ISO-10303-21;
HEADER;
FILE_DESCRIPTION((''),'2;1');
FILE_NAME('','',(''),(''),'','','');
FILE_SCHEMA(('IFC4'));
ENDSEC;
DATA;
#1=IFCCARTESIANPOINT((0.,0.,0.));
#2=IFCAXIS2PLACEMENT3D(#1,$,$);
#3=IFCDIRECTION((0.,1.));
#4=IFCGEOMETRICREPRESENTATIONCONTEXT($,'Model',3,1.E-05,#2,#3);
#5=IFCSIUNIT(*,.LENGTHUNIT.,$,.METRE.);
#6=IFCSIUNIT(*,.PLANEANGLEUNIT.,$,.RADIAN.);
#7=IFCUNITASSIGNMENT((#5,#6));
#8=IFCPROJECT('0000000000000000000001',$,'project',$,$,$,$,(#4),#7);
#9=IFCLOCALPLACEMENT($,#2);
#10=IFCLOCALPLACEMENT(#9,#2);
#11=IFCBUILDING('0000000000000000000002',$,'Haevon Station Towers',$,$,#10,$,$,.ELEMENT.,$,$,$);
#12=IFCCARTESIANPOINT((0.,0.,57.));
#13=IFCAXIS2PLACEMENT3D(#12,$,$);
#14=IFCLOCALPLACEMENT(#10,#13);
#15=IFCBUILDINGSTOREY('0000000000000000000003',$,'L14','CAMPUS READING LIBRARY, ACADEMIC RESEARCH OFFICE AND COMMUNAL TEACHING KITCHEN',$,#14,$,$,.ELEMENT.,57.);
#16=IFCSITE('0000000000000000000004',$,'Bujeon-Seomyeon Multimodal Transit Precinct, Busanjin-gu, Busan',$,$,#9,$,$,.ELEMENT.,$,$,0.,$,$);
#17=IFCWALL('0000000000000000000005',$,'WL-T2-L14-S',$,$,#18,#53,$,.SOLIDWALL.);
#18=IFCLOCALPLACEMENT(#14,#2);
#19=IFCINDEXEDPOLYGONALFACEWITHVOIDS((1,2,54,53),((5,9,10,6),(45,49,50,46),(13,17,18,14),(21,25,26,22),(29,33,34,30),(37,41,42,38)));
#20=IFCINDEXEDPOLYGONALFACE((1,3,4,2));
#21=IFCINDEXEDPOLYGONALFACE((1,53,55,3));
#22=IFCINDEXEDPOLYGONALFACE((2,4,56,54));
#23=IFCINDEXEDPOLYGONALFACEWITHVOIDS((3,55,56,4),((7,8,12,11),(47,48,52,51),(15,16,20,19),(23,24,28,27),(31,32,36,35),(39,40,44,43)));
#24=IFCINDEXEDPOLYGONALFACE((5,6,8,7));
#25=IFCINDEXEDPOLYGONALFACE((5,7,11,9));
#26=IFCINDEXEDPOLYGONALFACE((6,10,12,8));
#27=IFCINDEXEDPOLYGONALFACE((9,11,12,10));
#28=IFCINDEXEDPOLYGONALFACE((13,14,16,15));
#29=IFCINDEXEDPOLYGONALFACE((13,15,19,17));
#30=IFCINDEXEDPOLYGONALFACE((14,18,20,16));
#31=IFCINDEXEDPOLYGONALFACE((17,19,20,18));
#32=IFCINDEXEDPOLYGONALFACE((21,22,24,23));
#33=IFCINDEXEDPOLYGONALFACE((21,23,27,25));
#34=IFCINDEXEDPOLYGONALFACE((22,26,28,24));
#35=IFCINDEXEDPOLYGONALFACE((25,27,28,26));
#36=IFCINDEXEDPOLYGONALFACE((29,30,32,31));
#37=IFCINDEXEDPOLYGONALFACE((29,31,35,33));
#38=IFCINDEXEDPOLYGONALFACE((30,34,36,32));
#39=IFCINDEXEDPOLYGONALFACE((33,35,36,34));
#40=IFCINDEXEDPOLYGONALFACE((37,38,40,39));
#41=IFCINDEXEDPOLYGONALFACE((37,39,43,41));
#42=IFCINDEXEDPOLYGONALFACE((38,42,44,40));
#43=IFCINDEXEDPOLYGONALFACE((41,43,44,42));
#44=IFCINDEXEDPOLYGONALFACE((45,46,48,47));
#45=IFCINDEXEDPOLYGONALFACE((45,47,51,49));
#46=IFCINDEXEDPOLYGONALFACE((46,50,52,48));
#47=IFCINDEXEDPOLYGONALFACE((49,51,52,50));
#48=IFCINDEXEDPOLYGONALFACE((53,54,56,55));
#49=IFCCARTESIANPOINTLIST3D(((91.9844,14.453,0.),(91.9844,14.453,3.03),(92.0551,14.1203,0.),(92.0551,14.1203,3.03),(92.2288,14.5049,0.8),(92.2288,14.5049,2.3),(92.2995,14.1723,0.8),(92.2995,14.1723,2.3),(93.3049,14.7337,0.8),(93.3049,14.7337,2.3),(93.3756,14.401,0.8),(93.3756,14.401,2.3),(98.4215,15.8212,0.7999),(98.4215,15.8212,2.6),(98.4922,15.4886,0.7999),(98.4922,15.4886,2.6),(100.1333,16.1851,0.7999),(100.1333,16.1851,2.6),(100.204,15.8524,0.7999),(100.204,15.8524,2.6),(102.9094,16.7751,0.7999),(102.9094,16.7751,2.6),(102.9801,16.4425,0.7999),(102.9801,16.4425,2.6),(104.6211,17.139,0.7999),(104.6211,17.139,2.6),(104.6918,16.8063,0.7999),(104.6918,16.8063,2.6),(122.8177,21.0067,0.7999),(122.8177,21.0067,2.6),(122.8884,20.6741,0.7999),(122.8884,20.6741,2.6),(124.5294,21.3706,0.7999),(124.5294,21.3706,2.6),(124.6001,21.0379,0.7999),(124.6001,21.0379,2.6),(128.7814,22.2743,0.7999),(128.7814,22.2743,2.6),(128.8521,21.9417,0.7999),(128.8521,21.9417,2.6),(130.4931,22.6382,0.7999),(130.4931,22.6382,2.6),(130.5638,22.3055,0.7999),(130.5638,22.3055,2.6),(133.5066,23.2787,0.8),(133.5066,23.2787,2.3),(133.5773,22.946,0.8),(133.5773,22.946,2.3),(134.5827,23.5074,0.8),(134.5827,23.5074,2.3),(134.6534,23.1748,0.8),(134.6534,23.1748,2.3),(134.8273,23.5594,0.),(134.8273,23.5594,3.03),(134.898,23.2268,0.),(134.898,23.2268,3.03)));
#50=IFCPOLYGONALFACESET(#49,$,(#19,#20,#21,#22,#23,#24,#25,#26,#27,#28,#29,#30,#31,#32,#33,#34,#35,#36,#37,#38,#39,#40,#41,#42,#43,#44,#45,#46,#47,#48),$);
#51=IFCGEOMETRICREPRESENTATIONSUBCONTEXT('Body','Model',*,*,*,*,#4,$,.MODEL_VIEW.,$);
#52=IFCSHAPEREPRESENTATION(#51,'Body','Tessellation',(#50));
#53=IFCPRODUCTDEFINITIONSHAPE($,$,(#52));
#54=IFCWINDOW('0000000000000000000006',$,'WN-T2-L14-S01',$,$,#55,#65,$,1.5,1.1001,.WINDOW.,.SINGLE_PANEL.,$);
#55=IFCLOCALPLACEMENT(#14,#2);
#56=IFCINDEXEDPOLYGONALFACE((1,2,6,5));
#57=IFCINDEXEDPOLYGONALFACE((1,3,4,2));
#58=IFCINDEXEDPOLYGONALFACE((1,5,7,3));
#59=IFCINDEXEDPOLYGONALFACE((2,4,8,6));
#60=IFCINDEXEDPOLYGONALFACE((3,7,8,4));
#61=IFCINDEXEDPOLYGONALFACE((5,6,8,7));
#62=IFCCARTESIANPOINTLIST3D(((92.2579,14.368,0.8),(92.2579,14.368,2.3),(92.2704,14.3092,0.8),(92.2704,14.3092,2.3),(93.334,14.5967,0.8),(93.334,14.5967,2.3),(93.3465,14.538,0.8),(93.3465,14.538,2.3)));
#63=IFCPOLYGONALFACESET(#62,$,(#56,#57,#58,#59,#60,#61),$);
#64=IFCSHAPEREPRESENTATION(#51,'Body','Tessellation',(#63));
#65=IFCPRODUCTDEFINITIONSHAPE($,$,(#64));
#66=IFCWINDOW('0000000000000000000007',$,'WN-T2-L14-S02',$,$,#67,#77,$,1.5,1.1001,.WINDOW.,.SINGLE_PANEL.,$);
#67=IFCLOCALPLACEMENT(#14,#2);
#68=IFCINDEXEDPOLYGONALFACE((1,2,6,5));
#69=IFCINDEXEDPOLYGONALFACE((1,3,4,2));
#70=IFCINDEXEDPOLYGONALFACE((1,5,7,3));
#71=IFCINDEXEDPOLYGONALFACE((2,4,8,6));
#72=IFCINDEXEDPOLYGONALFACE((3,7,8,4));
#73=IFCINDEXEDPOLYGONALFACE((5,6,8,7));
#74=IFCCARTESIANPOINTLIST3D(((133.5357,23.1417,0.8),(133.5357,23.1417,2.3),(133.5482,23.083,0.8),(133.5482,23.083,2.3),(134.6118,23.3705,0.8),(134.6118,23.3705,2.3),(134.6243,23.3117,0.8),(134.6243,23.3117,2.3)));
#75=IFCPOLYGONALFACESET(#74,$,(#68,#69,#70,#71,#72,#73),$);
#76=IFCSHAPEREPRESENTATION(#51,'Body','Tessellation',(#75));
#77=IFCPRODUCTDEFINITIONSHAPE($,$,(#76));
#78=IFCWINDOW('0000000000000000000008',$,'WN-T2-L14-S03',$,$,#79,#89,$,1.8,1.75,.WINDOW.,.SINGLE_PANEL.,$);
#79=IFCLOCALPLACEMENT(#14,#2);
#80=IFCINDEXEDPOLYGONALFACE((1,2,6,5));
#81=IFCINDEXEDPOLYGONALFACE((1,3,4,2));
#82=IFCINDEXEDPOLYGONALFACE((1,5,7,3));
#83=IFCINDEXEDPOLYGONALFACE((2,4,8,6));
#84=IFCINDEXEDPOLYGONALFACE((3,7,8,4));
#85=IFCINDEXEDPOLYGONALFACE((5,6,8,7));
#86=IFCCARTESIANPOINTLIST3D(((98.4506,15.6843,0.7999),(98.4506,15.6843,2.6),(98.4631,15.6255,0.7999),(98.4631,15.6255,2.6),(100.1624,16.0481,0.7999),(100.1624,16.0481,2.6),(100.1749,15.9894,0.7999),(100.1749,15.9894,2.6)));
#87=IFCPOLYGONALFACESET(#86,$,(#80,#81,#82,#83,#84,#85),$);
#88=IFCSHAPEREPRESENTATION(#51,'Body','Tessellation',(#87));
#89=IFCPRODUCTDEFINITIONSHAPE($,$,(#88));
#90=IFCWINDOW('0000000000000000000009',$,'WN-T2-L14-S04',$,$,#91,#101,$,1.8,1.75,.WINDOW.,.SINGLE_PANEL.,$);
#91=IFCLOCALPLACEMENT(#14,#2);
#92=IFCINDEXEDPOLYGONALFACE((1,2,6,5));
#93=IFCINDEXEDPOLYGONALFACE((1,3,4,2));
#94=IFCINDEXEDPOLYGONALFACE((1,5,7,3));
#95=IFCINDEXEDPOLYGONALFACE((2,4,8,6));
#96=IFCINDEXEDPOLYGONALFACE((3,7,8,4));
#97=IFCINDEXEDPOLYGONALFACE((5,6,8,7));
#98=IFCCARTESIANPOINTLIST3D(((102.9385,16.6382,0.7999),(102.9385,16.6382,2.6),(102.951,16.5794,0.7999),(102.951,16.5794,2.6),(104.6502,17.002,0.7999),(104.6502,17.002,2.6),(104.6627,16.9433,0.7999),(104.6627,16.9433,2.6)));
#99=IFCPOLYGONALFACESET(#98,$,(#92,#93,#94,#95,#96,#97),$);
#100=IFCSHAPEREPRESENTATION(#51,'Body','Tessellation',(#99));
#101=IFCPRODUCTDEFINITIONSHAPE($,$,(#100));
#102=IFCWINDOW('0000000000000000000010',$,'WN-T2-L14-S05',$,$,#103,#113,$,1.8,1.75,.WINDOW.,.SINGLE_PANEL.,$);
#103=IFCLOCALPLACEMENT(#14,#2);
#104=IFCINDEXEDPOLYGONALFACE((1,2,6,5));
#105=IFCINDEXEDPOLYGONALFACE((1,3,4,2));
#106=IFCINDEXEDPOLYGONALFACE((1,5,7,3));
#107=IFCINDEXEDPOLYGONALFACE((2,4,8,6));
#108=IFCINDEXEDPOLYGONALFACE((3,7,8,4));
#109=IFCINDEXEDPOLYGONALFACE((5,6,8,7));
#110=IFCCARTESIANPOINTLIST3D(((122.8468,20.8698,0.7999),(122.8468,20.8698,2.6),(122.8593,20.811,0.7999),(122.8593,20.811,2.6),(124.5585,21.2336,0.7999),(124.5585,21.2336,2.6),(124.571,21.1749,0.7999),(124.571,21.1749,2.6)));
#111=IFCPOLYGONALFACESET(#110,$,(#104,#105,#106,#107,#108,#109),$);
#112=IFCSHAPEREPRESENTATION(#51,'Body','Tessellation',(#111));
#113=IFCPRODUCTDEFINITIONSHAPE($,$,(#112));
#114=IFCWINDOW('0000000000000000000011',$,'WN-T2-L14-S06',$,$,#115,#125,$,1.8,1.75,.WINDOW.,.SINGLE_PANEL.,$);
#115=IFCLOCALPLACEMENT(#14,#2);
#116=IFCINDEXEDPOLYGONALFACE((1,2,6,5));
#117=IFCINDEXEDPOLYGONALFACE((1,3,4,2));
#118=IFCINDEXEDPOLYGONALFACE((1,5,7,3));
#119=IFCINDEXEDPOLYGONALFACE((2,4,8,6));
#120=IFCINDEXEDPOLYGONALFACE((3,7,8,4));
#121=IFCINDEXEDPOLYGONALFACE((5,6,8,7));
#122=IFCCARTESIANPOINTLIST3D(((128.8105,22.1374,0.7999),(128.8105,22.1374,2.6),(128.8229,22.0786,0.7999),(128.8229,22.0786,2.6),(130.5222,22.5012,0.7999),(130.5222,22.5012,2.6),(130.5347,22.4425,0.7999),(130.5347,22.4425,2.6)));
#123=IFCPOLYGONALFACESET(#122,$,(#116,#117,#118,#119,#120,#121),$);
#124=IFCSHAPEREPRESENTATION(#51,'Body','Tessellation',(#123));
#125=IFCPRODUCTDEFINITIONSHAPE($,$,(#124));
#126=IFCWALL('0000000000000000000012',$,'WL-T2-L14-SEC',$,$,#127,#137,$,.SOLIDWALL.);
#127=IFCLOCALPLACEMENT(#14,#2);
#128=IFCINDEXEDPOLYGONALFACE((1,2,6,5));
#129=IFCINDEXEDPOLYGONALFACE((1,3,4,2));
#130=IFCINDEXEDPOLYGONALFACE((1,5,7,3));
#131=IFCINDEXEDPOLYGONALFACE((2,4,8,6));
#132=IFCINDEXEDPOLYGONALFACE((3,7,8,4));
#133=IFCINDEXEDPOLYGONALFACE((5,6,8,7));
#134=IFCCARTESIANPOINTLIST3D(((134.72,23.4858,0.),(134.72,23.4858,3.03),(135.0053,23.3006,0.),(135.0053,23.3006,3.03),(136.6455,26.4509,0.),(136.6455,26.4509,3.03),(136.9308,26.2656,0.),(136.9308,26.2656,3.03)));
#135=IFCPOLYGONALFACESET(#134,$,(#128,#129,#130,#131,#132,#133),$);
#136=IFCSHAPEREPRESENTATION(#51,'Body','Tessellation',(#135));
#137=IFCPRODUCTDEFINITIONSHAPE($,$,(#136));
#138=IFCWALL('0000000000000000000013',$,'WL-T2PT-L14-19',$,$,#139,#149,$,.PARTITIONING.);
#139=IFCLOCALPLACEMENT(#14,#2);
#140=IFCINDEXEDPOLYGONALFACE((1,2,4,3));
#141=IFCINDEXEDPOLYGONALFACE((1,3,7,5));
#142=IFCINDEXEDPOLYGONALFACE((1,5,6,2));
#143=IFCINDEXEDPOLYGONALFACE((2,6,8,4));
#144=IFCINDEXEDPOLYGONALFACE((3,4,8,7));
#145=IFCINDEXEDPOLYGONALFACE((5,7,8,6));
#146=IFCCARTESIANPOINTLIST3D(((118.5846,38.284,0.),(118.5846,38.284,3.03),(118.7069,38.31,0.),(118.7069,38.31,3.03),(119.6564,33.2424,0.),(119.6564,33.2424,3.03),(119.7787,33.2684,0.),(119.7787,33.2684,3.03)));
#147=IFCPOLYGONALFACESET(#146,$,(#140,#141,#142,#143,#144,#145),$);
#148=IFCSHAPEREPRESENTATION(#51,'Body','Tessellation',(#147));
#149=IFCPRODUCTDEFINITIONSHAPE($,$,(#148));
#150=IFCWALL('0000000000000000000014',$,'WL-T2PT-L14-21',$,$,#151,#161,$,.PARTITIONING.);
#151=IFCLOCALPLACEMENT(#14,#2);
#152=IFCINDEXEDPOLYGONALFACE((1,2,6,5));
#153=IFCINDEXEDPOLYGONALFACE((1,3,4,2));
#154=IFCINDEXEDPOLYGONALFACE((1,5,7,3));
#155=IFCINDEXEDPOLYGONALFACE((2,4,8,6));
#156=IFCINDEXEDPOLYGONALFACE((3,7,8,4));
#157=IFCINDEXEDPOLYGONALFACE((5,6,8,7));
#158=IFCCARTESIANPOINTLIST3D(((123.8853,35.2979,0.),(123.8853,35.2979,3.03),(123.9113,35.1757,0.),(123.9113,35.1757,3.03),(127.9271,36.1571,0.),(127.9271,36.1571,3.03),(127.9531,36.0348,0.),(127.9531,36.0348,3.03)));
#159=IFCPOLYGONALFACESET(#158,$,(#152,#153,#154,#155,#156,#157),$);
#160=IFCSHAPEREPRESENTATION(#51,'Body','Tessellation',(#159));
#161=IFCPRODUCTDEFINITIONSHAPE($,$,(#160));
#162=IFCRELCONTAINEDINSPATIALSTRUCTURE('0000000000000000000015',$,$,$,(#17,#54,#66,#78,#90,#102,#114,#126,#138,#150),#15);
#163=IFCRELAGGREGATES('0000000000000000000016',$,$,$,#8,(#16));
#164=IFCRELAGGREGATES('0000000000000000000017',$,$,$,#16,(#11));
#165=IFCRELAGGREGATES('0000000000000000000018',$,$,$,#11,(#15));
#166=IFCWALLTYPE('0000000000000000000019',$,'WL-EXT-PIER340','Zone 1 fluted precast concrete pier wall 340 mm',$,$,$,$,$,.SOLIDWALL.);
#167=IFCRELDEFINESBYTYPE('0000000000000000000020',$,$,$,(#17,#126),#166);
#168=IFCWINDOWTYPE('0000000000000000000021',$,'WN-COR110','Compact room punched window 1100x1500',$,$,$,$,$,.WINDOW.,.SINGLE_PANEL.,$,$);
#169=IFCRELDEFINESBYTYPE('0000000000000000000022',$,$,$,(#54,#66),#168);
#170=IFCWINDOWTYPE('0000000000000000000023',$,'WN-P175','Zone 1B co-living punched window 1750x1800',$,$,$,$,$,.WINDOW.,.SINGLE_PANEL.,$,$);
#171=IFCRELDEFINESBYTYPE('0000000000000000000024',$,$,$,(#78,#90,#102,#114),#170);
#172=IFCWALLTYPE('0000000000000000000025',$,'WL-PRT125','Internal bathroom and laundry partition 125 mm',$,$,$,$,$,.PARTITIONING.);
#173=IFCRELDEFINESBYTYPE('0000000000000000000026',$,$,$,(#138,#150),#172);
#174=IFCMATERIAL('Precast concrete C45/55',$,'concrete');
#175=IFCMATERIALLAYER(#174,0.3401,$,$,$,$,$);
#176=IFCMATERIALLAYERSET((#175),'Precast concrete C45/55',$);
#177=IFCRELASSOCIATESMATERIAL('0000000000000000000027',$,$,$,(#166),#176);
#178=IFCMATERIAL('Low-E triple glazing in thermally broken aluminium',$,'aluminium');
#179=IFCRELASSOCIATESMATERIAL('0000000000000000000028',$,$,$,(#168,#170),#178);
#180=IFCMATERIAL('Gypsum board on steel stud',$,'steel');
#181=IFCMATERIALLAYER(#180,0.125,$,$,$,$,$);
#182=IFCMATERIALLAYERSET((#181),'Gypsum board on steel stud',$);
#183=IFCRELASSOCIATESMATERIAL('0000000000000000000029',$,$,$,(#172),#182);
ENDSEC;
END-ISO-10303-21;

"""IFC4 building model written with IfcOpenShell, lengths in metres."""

from ifc_helpers import new_model, si_unit, direction, frame, frame_2d, origin, place, context, subcontext, project, spatial, rectangle, extrude, material, layer, layer_set, type_object, element, fill, save


model = new_model("IFC4")

# Units and contexts
model_context = context("Model", 3, precision=1e-05, world=origin(), true_north=direction((0.0, 1.0)))
body_context = subcontext(model_context, "Body", "Model", "MODEL_VIEW")
ifc_project = project(units=[si_unit("LENGTHUNIT", "METRE"), si_unit("PLANEANGLEUNIT", "RADIAN")], contexts=[model_context])

# Site, building, storey
site_placement = place(None, origin())
site = spatial("IfcSite", under=ifc_project, at=site_placement, Name="Bujeon-Seomyeon Multimodal Transit Precinct, Busanjin-gu, Busan", CompositionType="ELEMENT", RefElevation=0.0)
building_placement = place(site_placement, origin())
building = spatial("IfcBuilding", under=site, at=building_placement, Name="Haevon Station Towers", CompositionType="ELEMENT")
storey_placement = place(building_placement, frame((0.0, 0.0, 57.0)))
storey = spatial("IfcBuildingStorey", under=building, at=storey_placement, Name="L14", Description="CAMPUS READING LIBRARY, ACADEMIC RESEARCH OFFICE AND COMMUNAL TEACHING KITCHEN", CompositionType="ELEMENT", Elevation=57.0)

# Wall, openings, windows
ifc_material_1 = material(Name="Precast concrete C45/55", Category="concrete")
ifc_layer_1 = layer(ifc_material_1, 0.3401)
ifc_layer_set_1 = layer_set([ifc_layer_1], Name="Precast concrete C45/55")
wall_type_1 = type_object("IfcWallType", Name="WL-EXT-PIER340", Description="Zone 1 fluted precast concrete pier wall 340 mm", PredefinedType="SOLIDWALL", material=ifc_layer_set_1)
wall_1_placement = place(storey_placement, frame((134.8625, 23.3931, 0.0), z_axis=(0.0, 0.0, 1.0), x_axis=(-0.978148, -0.207909, 0.0)))
wall_1 = element("IfcWall", 1, at=wall_1_placement, inside=storey, type_object=wall_type_1, Name="WL-T2-L14-S", PredefinedType="SOLIDWALL", context=body_context, shape_type="SweptSolid", body=[
    extrude(rectangle(XDim=43.8, YDim=0.3401, at=frame_2d((21.8999, 0.0))), origin(), (0.0, 0.0, 1.0), 3.03),
])
opening_1_placement = place(wall_1_placement, frame((42.45, 0.0, 0.8)))
opening_1 = element("IfcOpeningElement", 2, at=opening_1_placement, cuts=wall_1, PredefinedType="OPENING", context=body_context, shape_type="SweptSolid", body=[
    extrude(rectangle(XDim=1.1001, YDim=1.5, at=frame_2d((0.55, 0.75))), frame((0.0, 0.1799, 0.0), z_axis=(0.0, -1.0, 0.0), x_axis=(1.0, 0.0, 0.0)), (0.0, 0.0, 1.0), 0.3601),
])
opening_2_placement = place(wall_1_placement, frame((0.25, 0.0, 0.8)))
opening_2 = element("IfcOpeningElement", 3, at=opening_2_placement, cuts=wall_1, PredefinedType="OPENING", context=body_context, shape_type="SweptSolid", body=[
    extrude(rectangle(XDim=1.1001, YDim=1.5, at=frame_2d((0.55, 0.75))), frame((0.0, 0.1799, 0.0), z_axis=(0.0, -1.0, 0.0), x_axis=(1.0, 0.0, 0.0)), (0.0, 0.0, 1.0), 0.3601),
])
opening_3_placement = place(wall_1_placement, frame((35.469, 0.0, 0.8)))
opening_3 = element("IfcOpeningElement", 4, at=opening_3_placement, cuts=wall_1, PredefinedType="OPENING", context=body_context, shape_type="SweptSolid", body=[
    extrude(rectangle(XDim=1.75, YDim=1.8, at=frame_2d((0.875, 0.8999))), frame((0.0, 0.1799, 0.0), z_axis=(0.0, -1.0, 0.0), x_axis=(1.0, 0.0, 0.0)), (0.0, 0.0, 1.0), 0.3601),
])
opening_4_placement = place(wall_1_placement, frame((30.8809, 0.0, 0.8)))
opening_4 = element("IfcOpeningElement", 5, at=opening_4_placement, cuts=wall_1, PredefinedType="OPENING", context=body_context, shape_type="SweptSolid", body=[
    extrude(rectangle(XDim=1.75, YDim=1.8, at=frame_2d((0.875, 0.8999))), frame((0.0, 0.1799, 0.0), z_axis=(0.0, -1.0, 0.0), x_axis=(1.0, 0.0, 0.0)), (0.0, 0.0, 1.0), 0.3601),
])
opening_5_placement = place(wall_1_placement, frame((10.5278, 0.0, 0.8)))
opening_5 = element("IfcOpeningElement", 6, at=opening_5_placement, cuts=wall_1, PredefinedType="OPENING", context=body_context, shape_type="SweptSolid", body=[
    extrude(rectangle(XDim=1.75, YDim=1.8, at=frame_2d((0.875, 0.8999))), frame((0.0, 0.1799, 0.0), z_axis=(0.0, -1.0, 0.0), x_axis=(1.0, 0.0, 0.0)), (0.0, 0.0, 1.0), 0.3601),
])
opening_6_placement = place(wall_1_placement, frame((4.4309, 0.0, 0.8)))
opening_6 = element("IfcOpeningElement", 7, at=opening_6_placement, cuts=wall_1, PredefinedType="OPENING", context=body_context, shape_type="SweptSolid", body=[
    extrude(rectangle(XDim=1.75, YDim=1.8, at=frame_2d((0.875, 0.8999))), frame((0.0, 0.1799, 0.0), z_axis=(0.0, -1.0, 0.0), x_axis=(1.0, 0.0, 0.0)), (0.0, 0.0, 1.0), 0.3601),
])
ifc_material_2 = material(Name="Low-E triple glazing in thermally broken aluminium", Category="aluminium")
window_type_1 = type_object("IfcWindowType", Name="WN-COR110", Description="Compact room punched window 1100x1500", PartitioningType="SINGLE_PANEL", PredefinedType="WINDOW", material=ifc_material_2)
window_1_placement = place(opening_1_placement, origin())
window_1 = element("IfcWindow", 8, at=window_1_placement, inside=storey, type_object=window_type_1, Name="WN-T2-L14-S01", OverallHeight=1.5, OverallWidth=1.1001, PartitioningType="SINGLE_PANEL", PredefinedType="WINDOW", context=body_context, shape_type="SweptSolid", body=[
    extrude(rectangle(XDim=1.1001, YDim=1.5, at=frame_2d((0.55, 0.75))), frame((0.0, 0.03, 0.0), z_axis=(0.0, -1.0, 0.0), x_axis=(1.0, 0.0, 0.0)), (0.0, 0.0, 1.0), 0.0601),
])
fill(opening_1, window_1)
window_2_placement = place(opening_2_placement, origin())
window_2 = element("IfcWindow", 9, at=window_2_placement, inside=storey, type_object=window_type_1, Name="WN-T2-L14-S02", OverallHeight=1.5, OverallWidth=1.1001, PartitioningType="SINGLE_PANEL", PredefinedType="WINDOW", context=body_context, shape_type="SweptSolid", body=[
    extrude(rectangle(XDim=1.1001, YDim=1.5, at=frame_2d((0.55, 0.75))), frame((0.0, 0.03, 0.0), z_axis=(0.0, -1.0, 0.0), x_axis=(1.0, 0.0, 0.0)), (0.0, 0.0, 1.0), 0.0601),
])
fill(opening_2, window_2)
window_type_2 = type_object("IfcWindowType", Name="WN-P175", Description="Zone 1B co-living punched window 1750x1800", PartitioningType="SINGLE_PANEL", PredefinedType="WINDOW", material=ifc_material_2)
window_3_placement = place(opening_3_placement, origin())
window_3 = element("IfcWindow", 10, at=window_3_placement, inside=storey, type_object=window_type_2, Name="WN-T2-L14-S03", OverallHeight=1.8, OverallWidth=1.75, PartitioningType="SINGLE_PANEL", PredefinedType="WINDOW", context=body_context, shape_type="SweptSolid", body=[
    extrude(rectangle(XDim=1.75, YDim=1.8, at=frame_2d((0.875, 0.8999))), frame((0.0, 0.03, 0.0), z_axis=(0.0, -1.0, 0.0), x_axis=(1.0, 0.0, 0.0)), (0.0, 0.0, 1.0), 0.0601),
])
fill(opening_3, window_3)
window_4_placement = place(opening_4_placement, origin())
window_4 = element("IfcWindow", 11, at=window_4_placement, inside=storey, type_object=window_type_2, Name="WN-T2-L14-S04", OverallHeight=1.8, OverallWidth=1.75, PartitioningType="SINGLE_PANEL", PredefinedType="WINDOW", context=body_context, shape_type="SweptSolid", body=[
    extrude(rectangle(XDim=1.75, YDim=1.8, at=frame_2d((0.875, 0.8999))), frame((0.0, 0.03, 0.0), z_axis=(0.0, -1.0, 0.0), x_axis=(1.0, 0.0, 0.0)), (0.0, 0.0, 1.0), 0.0601),
])
fill(opening_4, window_4)
window_5_placement = place(opening_5_placement, origin())
window_5 = element("IfcWindow", 12, at=window_5_placement, inside=storey, type_object=window_type_2, Name="WN-T2-L14-S05", OverallHeight=1.8, OverallWidth=1.75, PartitioningType="SINGLE_PANEL", PredefinedType="WINDOW", context=body_context, shape_type="SweptSolid", body=[
    extrude(rectangle(XDim=1.75, YDim=1.8, at=frame_2d((0.875, 0.8999))), frame((0.0, 0.03, 0.0), z_axis=(0.0, -1.0, 0.0), x_axis=(1.0, 0.0, 0.0)), (0.0, 0.0, 1.0), 0.0601),
])
fill(opening_5, window_5)
window_6_placement = place(opening_6_placement, origin())
window_6 = element("IfcWindow", 13, at=window_6_placement, inside=storey, type_object=window_type_2, Name="WN-T2-L14-S06", OverallHeight=1.8, OverallWidth=1.75, PartitioningType="SINGLE_PANEL", PredefinedType="WINDOW", context=body_context, shape_type="SweptSolid", body=[
    extrude(rectangle(XDim=1.75, YDim=1.8, at=frame_2d((0.875, 0.8999))), frame((0.0, 0.03, 0.0), z_axis=(0.0, -1.0, 0.0), x_axis=(1.0, 0.0, 0.0)), (0.0, 0.0, 1.0), 0.0601),
])
fill(opening_6, window_6)

# Walls
wall_2_placement = place(storey_placement, frame((136.7881, 26.3582, 0.0), z_axis=(0.0, 0.0, 1.0), x_axis=(-0.544636, -0.838672, 0.0)))
element("IfcWall", 14, at=wall_2_placement, inside=storey, type_object=wall_type_1, Name="WL-T2-L14-SEC", PredefinedType="SOLIDWALL", context=body_context, shape_type="SweptSolid", body=[
    extrude(rectangle(XDim=3.5354, YDim=0.3401, at=frame_2d((1.7676, 0.0))), origin(), (0.0, 0.0, 1.0), 3.03),
])
ifc_material_3 = material(Name="Gypsum board on steel stud", Category="steel")
ifc_layer_2 = layer(ifc_material_3, 0.125)
ifc_layer_set_2 = layer_set([ifc_layer_2], Name="Gypsum board on steel stud")
wall_type_2 = type_object("IfcWallType", Name="WL-PRT125", Description="Internal bathroom and laundry partition 125 mm", PredefinedType="PARTITIONING", material=ifc_layer_set_2)
wall_3_placement = place(storey_placement, frame((119.7175, 33.2554, 0.0), z_axis=(0.0, 0.0, 1.0), x_axis=(-0.207934, 0.978143, 0.0)))
element("IfcWall", 15, at=wall_3_placement, inside=storey, type_object=wall_type_2, Name="WL-T2PT-L14-19", PredefinedType="PARTITIONING", context=body_context, shape_type="SweptSolid", body=[
    extrude(rectangle(XDim=5.1543, YDim=0.125, at=frame_2d((2.5771, 0.0))), origin(), (0.0, 0.0, 1.0), 3.03),
])
wall_4_placement = place(storey_placement, frame((123.8984, 35.2368, 0.0), z_axis=(0.0, 0.0, 1.0), x_axis=(0.978146, 0.207919, 0.0)))
element("IfcWall", 16, at=wall_4_placement, inside=storey, type_object=wall_type_2, Name="WL-T2PT-L14-21", PredefinedType="PARTITIONING", context=body_context, shape_type="SweptSolid", body=[
    extrude(rectangle(XDim=4.1321, YDim=0.125, at=frame_2d((2.0659, 0.0))), origin(), (0.0, 0.0, 1.0), 3.03),
])

save(model, "model.ifc")
